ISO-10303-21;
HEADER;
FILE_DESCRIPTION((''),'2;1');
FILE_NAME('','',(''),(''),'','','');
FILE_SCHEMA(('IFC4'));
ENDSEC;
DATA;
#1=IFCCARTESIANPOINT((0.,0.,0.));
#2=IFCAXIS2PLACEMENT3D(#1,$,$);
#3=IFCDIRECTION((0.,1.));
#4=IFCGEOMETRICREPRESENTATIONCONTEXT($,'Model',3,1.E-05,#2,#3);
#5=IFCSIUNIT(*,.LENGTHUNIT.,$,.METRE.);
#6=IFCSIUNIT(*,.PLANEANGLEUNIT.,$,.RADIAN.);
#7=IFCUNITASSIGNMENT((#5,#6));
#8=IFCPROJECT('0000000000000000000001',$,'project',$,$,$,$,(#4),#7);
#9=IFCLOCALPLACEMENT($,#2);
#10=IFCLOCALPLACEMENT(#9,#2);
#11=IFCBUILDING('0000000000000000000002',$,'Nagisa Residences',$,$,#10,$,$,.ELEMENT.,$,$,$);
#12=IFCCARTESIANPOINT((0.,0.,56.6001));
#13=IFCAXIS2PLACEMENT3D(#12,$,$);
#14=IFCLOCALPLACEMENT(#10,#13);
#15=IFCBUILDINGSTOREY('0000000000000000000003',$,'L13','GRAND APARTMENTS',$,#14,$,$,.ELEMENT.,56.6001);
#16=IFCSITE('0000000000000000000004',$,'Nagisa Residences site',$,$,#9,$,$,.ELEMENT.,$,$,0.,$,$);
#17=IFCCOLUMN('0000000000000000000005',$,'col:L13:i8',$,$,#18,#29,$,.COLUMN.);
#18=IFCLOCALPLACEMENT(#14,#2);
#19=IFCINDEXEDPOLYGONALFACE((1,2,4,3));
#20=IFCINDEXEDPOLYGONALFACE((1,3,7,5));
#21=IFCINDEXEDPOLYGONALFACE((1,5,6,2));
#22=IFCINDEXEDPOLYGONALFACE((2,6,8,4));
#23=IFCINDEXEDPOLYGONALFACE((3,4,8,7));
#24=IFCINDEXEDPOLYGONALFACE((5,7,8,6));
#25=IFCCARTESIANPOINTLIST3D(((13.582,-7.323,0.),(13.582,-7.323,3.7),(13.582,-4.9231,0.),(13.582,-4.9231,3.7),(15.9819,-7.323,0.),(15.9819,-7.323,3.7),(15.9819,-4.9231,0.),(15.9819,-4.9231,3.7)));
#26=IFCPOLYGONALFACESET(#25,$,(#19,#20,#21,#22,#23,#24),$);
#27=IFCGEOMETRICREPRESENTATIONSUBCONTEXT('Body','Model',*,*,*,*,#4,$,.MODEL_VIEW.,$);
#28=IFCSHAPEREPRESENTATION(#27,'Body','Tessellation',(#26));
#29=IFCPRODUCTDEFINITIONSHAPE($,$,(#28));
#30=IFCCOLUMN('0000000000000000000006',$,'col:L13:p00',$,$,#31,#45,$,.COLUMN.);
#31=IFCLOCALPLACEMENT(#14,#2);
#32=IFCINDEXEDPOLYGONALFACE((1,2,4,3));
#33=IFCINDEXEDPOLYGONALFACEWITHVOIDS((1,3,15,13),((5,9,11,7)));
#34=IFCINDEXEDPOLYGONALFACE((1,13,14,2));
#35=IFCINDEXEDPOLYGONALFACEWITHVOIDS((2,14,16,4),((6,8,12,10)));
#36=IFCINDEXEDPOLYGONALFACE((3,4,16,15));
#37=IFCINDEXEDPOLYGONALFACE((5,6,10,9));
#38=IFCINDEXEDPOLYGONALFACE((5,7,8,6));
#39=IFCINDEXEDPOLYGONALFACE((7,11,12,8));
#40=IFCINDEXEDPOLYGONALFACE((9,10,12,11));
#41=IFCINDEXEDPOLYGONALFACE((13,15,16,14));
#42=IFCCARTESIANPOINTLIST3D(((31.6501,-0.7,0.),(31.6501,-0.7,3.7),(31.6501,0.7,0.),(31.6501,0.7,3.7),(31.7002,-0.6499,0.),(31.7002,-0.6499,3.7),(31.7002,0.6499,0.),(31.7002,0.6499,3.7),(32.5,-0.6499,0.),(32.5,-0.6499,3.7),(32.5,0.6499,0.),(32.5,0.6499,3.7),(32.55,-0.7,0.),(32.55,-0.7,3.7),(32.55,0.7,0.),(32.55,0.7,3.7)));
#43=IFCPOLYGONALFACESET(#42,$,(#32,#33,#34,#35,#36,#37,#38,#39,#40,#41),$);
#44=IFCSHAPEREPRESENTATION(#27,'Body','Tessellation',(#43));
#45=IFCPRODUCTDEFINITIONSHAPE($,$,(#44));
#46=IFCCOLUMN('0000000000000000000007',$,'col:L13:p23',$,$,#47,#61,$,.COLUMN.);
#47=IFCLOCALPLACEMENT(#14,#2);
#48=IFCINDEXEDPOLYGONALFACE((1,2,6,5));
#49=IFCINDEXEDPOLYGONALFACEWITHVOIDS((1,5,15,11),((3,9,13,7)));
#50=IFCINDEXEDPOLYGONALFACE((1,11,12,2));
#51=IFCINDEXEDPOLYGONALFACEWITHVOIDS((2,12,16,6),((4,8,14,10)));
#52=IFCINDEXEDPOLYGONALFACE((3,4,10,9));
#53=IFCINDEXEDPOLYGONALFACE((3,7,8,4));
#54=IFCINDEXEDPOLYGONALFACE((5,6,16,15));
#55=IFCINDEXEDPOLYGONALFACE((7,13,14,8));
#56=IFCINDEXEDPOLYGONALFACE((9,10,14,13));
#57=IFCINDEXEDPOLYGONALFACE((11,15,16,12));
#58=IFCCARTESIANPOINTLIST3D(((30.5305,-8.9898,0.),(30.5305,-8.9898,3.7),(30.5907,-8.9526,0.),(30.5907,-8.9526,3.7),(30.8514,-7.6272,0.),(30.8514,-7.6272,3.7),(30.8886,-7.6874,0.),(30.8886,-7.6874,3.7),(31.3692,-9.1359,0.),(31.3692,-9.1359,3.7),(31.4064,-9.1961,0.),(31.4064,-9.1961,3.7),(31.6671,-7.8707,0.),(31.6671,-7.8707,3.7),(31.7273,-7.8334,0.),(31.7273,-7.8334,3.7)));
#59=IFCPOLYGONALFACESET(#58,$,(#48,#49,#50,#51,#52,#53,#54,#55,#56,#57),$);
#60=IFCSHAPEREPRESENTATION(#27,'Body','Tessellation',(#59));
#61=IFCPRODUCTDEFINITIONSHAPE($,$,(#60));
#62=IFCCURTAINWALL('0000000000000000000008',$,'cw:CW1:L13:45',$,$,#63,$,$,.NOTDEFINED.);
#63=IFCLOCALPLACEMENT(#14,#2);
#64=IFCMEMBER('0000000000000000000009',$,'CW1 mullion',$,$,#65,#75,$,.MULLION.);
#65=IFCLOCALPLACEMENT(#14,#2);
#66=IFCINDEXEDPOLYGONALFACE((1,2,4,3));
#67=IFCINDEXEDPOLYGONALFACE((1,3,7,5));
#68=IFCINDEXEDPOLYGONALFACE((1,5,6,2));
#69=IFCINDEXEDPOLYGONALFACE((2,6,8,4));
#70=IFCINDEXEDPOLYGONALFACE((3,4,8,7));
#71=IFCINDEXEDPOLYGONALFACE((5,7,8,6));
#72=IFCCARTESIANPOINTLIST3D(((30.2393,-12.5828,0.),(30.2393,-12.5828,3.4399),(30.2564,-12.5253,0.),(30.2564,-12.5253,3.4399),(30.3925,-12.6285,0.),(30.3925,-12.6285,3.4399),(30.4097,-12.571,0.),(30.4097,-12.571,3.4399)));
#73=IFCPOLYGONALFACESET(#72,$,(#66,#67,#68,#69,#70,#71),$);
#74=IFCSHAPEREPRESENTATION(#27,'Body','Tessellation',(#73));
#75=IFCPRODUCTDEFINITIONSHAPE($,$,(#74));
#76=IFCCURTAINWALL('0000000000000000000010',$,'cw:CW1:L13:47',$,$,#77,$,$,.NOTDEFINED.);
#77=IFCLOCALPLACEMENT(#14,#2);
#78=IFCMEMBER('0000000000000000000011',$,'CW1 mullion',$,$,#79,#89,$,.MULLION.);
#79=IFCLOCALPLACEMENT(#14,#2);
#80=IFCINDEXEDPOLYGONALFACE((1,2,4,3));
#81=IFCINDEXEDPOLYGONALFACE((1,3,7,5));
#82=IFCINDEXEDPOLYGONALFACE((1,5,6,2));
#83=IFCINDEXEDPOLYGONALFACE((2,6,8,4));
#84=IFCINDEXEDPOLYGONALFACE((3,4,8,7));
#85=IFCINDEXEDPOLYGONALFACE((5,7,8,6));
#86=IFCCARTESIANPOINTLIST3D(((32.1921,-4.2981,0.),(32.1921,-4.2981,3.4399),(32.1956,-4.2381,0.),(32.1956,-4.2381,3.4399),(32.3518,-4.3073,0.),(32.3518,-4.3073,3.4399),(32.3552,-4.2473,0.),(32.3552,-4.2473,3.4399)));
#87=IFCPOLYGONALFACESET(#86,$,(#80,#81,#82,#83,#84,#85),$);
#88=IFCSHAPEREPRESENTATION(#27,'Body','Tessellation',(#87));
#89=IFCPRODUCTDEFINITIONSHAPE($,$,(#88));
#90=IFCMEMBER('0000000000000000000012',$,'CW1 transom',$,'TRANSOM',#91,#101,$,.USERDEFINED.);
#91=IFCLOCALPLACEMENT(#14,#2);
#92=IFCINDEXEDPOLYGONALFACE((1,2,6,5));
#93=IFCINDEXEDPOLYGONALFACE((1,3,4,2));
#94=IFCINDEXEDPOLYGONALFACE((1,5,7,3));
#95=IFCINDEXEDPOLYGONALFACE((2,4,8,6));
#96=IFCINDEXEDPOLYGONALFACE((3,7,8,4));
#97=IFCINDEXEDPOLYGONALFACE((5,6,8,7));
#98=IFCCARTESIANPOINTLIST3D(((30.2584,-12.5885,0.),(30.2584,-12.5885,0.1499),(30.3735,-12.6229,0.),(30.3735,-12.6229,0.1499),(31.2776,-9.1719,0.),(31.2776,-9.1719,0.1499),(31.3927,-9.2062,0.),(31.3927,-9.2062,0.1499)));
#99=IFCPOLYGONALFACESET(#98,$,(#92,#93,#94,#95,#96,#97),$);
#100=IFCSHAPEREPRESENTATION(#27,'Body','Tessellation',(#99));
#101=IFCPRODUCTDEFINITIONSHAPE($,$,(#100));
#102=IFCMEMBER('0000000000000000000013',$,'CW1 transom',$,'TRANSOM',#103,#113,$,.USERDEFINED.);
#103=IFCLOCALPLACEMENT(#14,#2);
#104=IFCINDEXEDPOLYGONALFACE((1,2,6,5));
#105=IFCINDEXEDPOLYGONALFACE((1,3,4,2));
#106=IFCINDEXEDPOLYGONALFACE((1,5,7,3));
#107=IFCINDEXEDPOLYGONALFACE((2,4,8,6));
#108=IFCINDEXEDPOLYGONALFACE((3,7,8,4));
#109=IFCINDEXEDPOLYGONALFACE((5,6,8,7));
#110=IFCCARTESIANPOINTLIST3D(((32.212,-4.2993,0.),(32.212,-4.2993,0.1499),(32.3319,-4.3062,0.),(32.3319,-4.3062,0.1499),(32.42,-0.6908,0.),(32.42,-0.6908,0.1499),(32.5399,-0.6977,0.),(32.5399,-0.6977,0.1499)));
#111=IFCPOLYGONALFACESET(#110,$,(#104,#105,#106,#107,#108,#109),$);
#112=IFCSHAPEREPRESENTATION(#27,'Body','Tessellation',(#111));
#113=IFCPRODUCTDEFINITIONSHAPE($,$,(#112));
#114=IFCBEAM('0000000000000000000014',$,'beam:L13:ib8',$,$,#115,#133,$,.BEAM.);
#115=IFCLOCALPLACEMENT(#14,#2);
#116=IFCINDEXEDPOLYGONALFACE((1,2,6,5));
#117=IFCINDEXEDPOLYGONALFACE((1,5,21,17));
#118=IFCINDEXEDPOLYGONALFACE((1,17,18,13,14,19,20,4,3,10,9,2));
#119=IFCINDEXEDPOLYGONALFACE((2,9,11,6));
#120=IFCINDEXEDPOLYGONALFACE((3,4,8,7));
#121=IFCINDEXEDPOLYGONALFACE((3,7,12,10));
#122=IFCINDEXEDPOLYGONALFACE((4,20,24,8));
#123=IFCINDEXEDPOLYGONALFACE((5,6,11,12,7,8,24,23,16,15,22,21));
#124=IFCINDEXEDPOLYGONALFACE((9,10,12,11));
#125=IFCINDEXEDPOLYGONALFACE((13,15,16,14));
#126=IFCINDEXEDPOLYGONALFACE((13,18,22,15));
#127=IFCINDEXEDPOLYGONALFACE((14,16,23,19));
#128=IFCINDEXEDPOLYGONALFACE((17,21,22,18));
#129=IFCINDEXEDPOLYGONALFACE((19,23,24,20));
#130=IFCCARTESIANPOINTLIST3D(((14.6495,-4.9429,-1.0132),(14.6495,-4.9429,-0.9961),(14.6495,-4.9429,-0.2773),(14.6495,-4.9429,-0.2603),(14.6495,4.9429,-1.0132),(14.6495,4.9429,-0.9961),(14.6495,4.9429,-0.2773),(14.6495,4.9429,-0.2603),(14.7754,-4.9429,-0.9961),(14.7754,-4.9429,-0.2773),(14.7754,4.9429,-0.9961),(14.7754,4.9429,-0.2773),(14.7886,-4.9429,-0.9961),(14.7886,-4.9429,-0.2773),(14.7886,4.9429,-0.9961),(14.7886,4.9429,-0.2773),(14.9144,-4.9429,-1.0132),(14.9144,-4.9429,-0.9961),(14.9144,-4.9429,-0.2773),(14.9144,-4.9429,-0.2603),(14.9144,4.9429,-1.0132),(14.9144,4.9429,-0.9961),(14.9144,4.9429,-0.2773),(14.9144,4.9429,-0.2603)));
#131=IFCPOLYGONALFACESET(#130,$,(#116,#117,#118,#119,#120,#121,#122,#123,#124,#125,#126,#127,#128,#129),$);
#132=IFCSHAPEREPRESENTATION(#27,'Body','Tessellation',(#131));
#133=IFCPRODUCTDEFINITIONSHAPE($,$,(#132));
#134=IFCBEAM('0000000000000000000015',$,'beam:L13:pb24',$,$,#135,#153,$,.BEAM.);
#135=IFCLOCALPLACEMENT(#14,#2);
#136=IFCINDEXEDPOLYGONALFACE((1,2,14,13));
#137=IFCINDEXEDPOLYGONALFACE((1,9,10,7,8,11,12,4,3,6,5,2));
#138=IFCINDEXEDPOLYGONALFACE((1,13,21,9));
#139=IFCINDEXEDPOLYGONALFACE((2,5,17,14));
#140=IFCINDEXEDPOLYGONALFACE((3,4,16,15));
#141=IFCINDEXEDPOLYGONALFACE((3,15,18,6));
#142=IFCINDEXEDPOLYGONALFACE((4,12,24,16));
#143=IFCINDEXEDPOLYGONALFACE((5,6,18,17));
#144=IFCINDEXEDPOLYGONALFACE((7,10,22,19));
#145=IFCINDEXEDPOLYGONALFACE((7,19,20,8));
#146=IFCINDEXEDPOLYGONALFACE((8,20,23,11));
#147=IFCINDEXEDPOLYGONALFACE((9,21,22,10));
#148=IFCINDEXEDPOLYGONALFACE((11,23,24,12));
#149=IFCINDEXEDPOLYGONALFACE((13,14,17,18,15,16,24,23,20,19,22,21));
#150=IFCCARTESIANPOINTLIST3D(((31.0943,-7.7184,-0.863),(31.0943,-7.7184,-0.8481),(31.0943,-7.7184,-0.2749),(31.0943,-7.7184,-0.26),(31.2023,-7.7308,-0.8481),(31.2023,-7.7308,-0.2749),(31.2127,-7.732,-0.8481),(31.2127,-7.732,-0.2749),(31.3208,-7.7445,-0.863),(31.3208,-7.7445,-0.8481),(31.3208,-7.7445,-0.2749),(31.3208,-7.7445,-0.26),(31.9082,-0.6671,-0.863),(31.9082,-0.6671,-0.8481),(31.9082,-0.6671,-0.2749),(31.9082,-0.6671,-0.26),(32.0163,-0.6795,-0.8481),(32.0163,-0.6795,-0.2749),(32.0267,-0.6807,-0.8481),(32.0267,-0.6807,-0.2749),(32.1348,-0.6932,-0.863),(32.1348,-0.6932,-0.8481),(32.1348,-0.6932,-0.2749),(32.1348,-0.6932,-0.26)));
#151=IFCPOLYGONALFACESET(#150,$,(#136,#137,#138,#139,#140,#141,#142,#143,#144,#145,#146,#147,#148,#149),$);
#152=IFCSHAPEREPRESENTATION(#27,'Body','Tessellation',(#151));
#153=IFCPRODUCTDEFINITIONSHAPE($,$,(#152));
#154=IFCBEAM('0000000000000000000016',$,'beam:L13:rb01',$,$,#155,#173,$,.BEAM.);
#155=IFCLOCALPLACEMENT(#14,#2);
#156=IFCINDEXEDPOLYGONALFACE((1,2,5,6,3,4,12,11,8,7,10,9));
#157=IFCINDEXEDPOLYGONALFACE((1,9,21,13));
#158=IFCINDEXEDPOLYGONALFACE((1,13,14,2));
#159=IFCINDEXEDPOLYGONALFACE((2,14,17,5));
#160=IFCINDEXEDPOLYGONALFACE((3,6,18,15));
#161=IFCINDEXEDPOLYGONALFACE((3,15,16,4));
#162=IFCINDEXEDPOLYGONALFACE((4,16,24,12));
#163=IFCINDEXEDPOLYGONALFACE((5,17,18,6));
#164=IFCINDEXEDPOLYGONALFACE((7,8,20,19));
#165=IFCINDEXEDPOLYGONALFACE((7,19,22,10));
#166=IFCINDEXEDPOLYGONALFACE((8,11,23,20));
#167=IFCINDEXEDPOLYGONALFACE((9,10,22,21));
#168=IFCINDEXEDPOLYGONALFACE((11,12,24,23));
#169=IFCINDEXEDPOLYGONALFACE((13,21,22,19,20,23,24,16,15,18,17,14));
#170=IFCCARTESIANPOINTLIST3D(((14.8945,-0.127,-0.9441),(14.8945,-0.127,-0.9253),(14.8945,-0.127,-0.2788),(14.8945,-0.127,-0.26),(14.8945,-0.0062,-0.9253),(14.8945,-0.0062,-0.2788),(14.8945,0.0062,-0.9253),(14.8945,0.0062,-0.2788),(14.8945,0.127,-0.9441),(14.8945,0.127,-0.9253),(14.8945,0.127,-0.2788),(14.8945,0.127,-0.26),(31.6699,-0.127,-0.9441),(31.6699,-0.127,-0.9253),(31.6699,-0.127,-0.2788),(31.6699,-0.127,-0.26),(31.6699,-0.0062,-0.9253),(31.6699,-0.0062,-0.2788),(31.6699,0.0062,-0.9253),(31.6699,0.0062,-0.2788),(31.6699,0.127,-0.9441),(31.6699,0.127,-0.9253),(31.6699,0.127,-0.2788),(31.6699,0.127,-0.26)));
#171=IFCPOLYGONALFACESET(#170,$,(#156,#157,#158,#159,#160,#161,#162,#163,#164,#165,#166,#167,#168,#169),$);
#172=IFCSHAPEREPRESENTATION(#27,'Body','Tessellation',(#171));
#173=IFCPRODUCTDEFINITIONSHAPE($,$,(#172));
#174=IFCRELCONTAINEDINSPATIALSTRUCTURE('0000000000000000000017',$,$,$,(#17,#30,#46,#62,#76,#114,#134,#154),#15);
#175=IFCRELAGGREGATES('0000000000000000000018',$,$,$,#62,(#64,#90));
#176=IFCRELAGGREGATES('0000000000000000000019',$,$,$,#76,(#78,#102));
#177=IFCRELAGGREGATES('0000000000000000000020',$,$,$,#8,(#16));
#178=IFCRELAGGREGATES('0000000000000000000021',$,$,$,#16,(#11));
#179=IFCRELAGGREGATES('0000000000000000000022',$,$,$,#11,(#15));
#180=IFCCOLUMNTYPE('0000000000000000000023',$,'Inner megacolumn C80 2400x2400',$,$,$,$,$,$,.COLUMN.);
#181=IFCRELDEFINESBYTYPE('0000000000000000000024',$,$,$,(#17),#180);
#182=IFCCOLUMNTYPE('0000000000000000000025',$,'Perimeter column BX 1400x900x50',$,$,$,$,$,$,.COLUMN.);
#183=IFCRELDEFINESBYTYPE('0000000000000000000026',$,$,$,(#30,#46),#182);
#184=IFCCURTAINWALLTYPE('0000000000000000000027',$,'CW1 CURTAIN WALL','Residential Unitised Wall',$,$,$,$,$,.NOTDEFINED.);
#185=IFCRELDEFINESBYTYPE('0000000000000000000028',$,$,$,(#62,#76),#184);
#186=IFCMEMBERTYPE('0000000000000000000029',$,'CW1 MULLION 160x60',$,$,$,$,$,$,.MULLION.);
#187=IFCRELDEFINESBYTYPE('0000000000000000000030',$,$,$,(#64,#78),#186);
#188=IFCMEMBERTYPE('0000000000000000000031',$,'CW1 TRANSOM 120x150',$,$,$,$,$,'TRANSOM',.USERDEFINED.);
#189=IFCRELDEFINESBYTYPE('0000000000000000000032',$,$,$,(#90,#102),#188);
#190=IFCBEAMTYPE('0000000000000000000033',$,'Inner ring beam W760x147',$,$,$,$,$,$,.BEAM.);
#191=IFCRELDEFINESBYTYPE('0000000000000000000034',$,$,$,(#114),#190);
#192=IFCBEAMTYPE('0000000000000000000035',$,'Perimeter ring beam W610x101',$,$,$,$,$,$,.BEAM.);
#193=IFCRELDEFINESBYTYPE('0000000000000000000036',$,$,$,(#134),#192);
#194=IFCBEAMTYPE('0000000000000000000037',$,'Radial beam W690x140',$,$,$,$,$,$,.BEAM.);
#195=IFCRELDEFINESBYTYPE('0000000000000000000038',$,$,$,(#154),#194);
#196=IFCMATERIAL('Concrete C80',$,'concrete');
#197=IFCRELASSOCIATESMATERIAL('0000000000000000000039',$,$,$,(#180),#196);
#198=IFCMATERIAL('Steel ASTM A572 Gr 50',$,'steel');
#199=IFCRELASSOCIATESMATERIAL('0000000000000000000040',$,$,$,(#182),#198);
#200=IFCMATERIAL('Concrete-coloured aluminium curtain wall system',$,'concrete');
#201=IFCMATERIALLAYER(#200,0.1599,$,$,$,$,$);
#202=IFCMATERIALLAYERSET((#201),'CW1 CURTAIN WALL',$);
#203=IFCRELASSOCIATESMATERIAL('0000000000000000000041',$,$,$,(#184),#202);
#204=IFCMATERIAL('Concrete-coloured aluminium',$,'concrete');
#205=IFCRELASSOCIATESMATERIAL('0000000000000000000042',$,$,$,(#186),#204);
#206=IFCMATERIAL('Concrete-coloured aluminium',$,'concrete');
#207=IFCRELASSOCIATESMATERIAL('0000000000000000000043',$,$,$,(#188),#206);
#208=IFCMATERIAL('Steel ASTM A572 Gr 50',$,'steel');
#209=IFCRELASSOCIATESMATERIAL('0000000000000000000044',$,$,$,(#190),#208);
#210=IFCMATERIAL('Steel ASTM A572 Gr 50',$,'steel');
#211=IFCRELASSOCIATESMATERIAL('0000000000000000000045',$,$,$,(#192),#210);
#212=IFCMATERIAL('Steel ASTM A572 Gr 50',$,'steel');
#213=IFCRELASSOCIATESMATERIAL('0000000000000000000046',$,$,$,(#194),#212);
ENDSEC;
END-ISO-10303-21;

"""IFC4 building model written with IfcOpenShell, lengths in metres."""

from ifc_helpers import new_model, si_unit, direction, frame, origin, origin_2d, place, context, subcontext, project, spatial, rectangle, hollow_rectangle, i_section, extrude, material, layer, layer_set, material_profile, profile_set, type_object, element, aggregate, save


model = new_model("IFC4")

# Units and contexts
model_context = context("Model", 3, precision=1e-05, world=origin(), true_north=direction((0.0, 1.0)))
body_context = subcontext(model_context, "Body", "Model", "MODEL_VIEW")
ifc_project = project(units=[si_unit("LENGTHUNIT", "METRE"), si_unit("PLANEANGLEUNIT", "RADIAN")], contexts=[model_context])

# Site, building, storey
site_placement = place(None, origin())
site = spatial("IfcSite", under=ifc_project, at=site_placement, Name="Nagisa Residences site", CompositionType="ELEMENT", RefElevation=0.0)
building_placement = place(site_placement, origin())
building = spatial("IfcBuilding", under=site, at=building_placement, Name="Nagisa Residences", CompositionType="ELEMENT")
storey_placement = place(building_placement, frame((0.0, 0.0, 56.6001)))
storey = spatial("IfcBuildingStorey", under=building, at=storey_placement, Name="L13", Description="GRAND APARTMENTS", CompositionType="ELEMENT", Elevation=56.6001)

# Columns
ifc_material_1 = material(Name="Concrete C80", Category="concrete")
ifc_material_profile_1 = material_profile(ifc_material_1, rectangle(XDim=2.3999, YDim=2.3999, at=origin_2d()), Name="C80 2400x2400")
ifc_profile_set_1 = profile_set([ifc_material_profile_1], Name="Concrete C80")
column_type_1 = type_object("IfcColumnType", Name="Inner megacolumn C80 2400x2400", PredefinedType="COLUMN", material=ifc_profile_set_1)
column_placement = place(storey_placement, frame((14.782, -6.123, 0.0), z_axis=(0.0, 0.0, 1.0), x_axis=(1.0, 0.0, 0.0)))
element("IfcColumn", 1, at=column_placement, inside=storey, type_object=column_type_1, Name="col:L13:i8", PredefinedType="COLUMN", context=body_context, shape_type="SweptSolid", body=[
    extrude(rectangle(XDim=2.3999, YDim=2.3999, at=origin_2d()), origin(), (0.0, 0.0, 1.0), 3.7),
])
ifc_material_2 = material(Name="Steel ASTM A572 Gr 50", Category="steel")
ifc_material_profile_2 = material_profile(ifc_material_2, hollow_rectangle(XDim=1.3999, YDim=0.8999, WallThickness=0.05, at=origin_2d()), Name="BX 1400x900x50")
ifc_profile_set_2 = profile_set([ifc_material_profile_2], Name="Steel ASTM A572 Gr 50")
column_type_2 = type_object("IfcColumnType", Name="Perimeter column BX 1400x900x50", PredefinedType="COLUMN", material=ifc_profile_set_2)
for number, where, z_axis, x_axis, name in (
    (2, (32.1001, 0.0, 0.0), (0.0, 0.0, 1.0), (0.0, 1.0, 0.0), "col:L13:p00"),
    (3, (31.1289, -8.4116, 0.0), (0.0, 0.0, 1.0), (0.229202, 0.973379, 0.0), "col:L13:p23"),
):
    element("IfcColumn", number, at=place(storey_placement, frame(where, z_axis=z_axis, x_axis=x_axis)), inside=storey, type_object=column_type_2, Name=name, PredefinedType="COLUMN", context=body_context, shape_type="SweptSolid", body=[
        extrude(hollow_rectangle(XDim=1.3999, YDim=0.8999, WallThickness=0.05, at=origin_2d()), origin(), (0.0, 0.0, 1.0), 3.7),
    ])

# Curtain walls, members
ifc_material_3 = material(Name="Concrete-coloured aluminium curtain wall system", Category="concrete")
ifc_layer_1 = layer(ifc_material_3, 0.1599)
ifc_layer_set_1 = layer_set([ifc_layer_1], Name="CW1 CURTAIN WALL")
curtain_wall_type = type_object("IfcCurtainWallType", Name="CW1 CURTAIN WALL", Description="Residential Unitised Wall", PredefinedType="NOTDEFINED", material=ifc_layer_set_1)
curtain_wall_1_placement = place(storey_placement, origin())
curtain_wall_1 = element("IfcCurtainWall", 4, at=curtain_wall_1_placement, inside=storey, type_object=curtain_wall_type, Name="cw:CW1:L13:45", PredefinedType="NOTDEFINED")
ifc_material_4 = material(Name="Concrete-coloured aluminium", Category="concrete")
ifc_material_profile_3 = material_profile(ifc_material_4, rectangle(XDim=0.1599, YDim=0.0601, at=origin_2d()), Name="CW1 MULLION 160x60")
ifc_profile_set_3 = profile_set([ifc_material_profile_3], Name="Concrete-coloured aluminium")
member_type_1 = type_object("IfcMemberType", Name="CW1 MULLION 160x60", PredefinedType="MULLION", material=ifc_profile_set_3)
member_1_placement = place(storey_placement, frame((30.3245, -12.5769, 0.0), z_axis=(0.0, 0.0, 1.0), x_axis=(-0.958271, 0.28586, 0.0)))
member_1 = element("IfcMember", 5, at=member_1_placement, type_object=member_type_1, Name="CW1 mullion", PredefinedType="MULLION", context=body_context, shape_type="SweptSolid", body=[
    extrude(rectangle(XDim=0.1599, YDim=0.0601, at=origin_2d()), origin(), (0.0, 0.0, 1.0), 3.4399),
])
curtain_wall_2_placement = place(storey_placement, origin())
curtain_wall_2 = element("IfcCurtainWall", 6, at=curtain_wall_2_placement, inside=storey, type_object=curtain_wall_type, Name="cw:CW1:L13:47", PredefinedType="NOTDEFINED")
member_2_placement = place(storey_placement, frame((32.2737, -4.2727, 0.0), z_axis=(0.0, 0.0, 1.0), x_axis=(-0.998345, 0.057503, 0.0)))
member_2 = element("IfcMember", 7, at=member_2_placement, type_object=member_type_1, Name="CW1 mullion", PredefinedType="MULLION", context=body_context, shape_type="SweptSolid", body=[
    extrude(rectangle(XDim=0.1599, YDim=0.0601, at=origin_2d()), origin(), (0.0, 0.0, 1.0), 3.4399),
])

# Members
ifc_material_5 = material(Name="Concrete-coloured aluminium", Category="concrete")
ifc_material_profile_4 = material_profile(ifc_material_5, rectangle(XDim=0.1201, YDim=0.1499, at=origin_2d()), Name="CW1 TRANSOM 120x150")
ifc_profile_set_4 = profile_set([ifc_material_profile_4], Name="Concrete-coloured aluminium")
member_type_2 = type_object("IfcMemberType", Name="CW1 TRANSOM 120x150", ElementType="TRANSOM", PredefinedType="USERDEFINED", material=ifc_profile_set_4)
member_3_placement = place(storey_placement, frame((30.3159, -12.6057, 0.075), z_axis=(0.285871, 0.958268, 0.0), x_axis=(-0.958268, 0.285871, 0.0)))
member_3 = element("IfcMember", 8, at=member_3_placement, type_object=member_type_2, Name="CW1 transom", ObjectType="TRANSOM", PredefinedType="USERDEFINED", context=body_context, shape_type="SweptSolid", body=[
    extrude(rectangle(XDim=0.1201, YDim=0.1499, at=origin_2d()), origin(), (0.0, 0.0, 1.0), 3.5654),
])
member_4_placement = place(storey_placement, frame((32.272, -4.3027, 0.075), z_axis=(0.05755, 0.998343, 0.0), x_axis=(-0.998343, 0.05755, 0.0)))
member_4 = element("IfcMember", 9, at=member_4_placement, type_object=member_type_2, Name="CW1 transom", ObjectType="TRANSOM", PredefinedType="USERDEFINED", context=body_context, shape_type="SweptSolid", body=[
    extrude(rectangle(XDim=0.1201, YDim=0.1499, at=origin_2d()), origin(), (0.0, 0.0, 1.0), 3.6145),
])

# Beams
ifc_material_6 = material(Name="Steel ASTM A572 Gr 50", Category="steel")
ifc_material_profile_5 = material_profile(ifc_material_6, i_section(OverallWidth=0.2649, OverallDepth=0.7529, WebThickness=0.0132, FlangeThickness=0.0171, at=origin_2d()), Name="W760x147")
ifc_profile_set_5 = profile_set([ifc_material_profile_5], Name="Steel ASTM A572 Gr 50")
beam_type_1 = type_object("IfcBeamType", Name="Inner ring beam W760x147", PredefinedType="BEAM", material=ifc_profile_set_5)
beam_1_placement = place(storey_placement, frame((14.782, -4.9429, -0.6367), z_axis=(0.0, 1.0, 0.0), x_axis=(-1.0, 0.0, 0.0)))
element("IfcBeam", 10, at=beam_1_placement, inside=storey, type_object=beam_type_1, Name="beam:L13:ib8", PredefinedType="BEAM", context=body_context, shape_type="SweptSolid", body=[
    extrude(i_section(OverallWidth=0.2649, OverallDepth=0.7529, WebThickness=0.0132, FlangeThickness=0.0171, at=origin_2d()), origin(), (0.0, 0.0, 1.0), 9.8857),
])
ifc_material_7 = material(Name="Steel ASTM A572 Gr 50", Category="steel")
ifc_material_profile_6 = material_profile(ifc_material_7, i_section(OverallWidth=0.228, OverallDepth=0.603, WebThickness=0.0105, FlangeThickness=0.0149, at=origin_2d()), Name="W610x101")
ifc_profile_set_6 = profile_set([ifc_material_profile_6], Name="Steel ASTM A572 Gr 50")
beam_type_2 = type_object("IfcBeamType", Name="Perimeter ring beam W610x101", PredefinedType="BEAM", material=ifc_profile_set_6)
beam_2_placement = place(storey_placement, frame((31.2075, -7.7314, -0.5615), z_axis=(0.114674, 0.993403, 0.0), x_axis=(-0.993403, 0.114674, 0.0)))
element("IfcBeam", 11, at=beam_2_placement, inside=storey, type_object=beam_type_2, Name="beam:L13:pb24", PredefinedType="BEAM", context=body_context, shape_type="SweptSolid", body=[
    extrude(i_section(OverallWidth=0.228, OverallDepth=0.603, WebThickness=0.0105, FlangeThickness=0.0149, at=origin_2d()), origin(), (0.0, 0.0, 1.0), 7.0981),
])
ifc_material_8 = material(Name="Steel ASTM A572 Gr 50", Category="steel")
ifc_material_profile_7 = material_profile(ifc_material_8, i_section(OverallWidth=0.2539, OverallDepth=0.6841, WebThickness=0.0125, FlangeThickness=0.0188, at=origin_2d()), Name="W690x140")
ifc_profile_set_7 = profile_set([ifc_material_profile_7], Name="Steel ASTM A572 Gr 50")
beam_type_3 = type_object("IfcBeamType", Name="Radial beam W690x140", PredefinedType="BEAM", material=ifc_profile_set_7)
beam_3_placement = place(storey_placement, frame((31.6699, 0.0, -0.6021), z_axis=(-1.0, 0.0, 0.0), x_axis=(0.0, -1.0, 0.0)))
element("IfcBeam", 12, at=beam_3_placement, inside=storey, type_object=beam_type_3, Name="beam:L13:rb01", PredefinedType="BEAM", context=body_context, shape_type="SweptSolid", body=[
    extrude(i_section(OverallWidth=0.2539, OverallDepth=0.6841, WebThickness=0.0125, FlangeThickness=0.0188, at=origin_2d()), origin(), (0.0, 0.0, 1.0), 16.7754),
])

aggregate(curtain_wall_1, [member_1, member_3])
aggregate(curtain_wall_2, [member_2, member_4])

save(model, "model.ifc")
